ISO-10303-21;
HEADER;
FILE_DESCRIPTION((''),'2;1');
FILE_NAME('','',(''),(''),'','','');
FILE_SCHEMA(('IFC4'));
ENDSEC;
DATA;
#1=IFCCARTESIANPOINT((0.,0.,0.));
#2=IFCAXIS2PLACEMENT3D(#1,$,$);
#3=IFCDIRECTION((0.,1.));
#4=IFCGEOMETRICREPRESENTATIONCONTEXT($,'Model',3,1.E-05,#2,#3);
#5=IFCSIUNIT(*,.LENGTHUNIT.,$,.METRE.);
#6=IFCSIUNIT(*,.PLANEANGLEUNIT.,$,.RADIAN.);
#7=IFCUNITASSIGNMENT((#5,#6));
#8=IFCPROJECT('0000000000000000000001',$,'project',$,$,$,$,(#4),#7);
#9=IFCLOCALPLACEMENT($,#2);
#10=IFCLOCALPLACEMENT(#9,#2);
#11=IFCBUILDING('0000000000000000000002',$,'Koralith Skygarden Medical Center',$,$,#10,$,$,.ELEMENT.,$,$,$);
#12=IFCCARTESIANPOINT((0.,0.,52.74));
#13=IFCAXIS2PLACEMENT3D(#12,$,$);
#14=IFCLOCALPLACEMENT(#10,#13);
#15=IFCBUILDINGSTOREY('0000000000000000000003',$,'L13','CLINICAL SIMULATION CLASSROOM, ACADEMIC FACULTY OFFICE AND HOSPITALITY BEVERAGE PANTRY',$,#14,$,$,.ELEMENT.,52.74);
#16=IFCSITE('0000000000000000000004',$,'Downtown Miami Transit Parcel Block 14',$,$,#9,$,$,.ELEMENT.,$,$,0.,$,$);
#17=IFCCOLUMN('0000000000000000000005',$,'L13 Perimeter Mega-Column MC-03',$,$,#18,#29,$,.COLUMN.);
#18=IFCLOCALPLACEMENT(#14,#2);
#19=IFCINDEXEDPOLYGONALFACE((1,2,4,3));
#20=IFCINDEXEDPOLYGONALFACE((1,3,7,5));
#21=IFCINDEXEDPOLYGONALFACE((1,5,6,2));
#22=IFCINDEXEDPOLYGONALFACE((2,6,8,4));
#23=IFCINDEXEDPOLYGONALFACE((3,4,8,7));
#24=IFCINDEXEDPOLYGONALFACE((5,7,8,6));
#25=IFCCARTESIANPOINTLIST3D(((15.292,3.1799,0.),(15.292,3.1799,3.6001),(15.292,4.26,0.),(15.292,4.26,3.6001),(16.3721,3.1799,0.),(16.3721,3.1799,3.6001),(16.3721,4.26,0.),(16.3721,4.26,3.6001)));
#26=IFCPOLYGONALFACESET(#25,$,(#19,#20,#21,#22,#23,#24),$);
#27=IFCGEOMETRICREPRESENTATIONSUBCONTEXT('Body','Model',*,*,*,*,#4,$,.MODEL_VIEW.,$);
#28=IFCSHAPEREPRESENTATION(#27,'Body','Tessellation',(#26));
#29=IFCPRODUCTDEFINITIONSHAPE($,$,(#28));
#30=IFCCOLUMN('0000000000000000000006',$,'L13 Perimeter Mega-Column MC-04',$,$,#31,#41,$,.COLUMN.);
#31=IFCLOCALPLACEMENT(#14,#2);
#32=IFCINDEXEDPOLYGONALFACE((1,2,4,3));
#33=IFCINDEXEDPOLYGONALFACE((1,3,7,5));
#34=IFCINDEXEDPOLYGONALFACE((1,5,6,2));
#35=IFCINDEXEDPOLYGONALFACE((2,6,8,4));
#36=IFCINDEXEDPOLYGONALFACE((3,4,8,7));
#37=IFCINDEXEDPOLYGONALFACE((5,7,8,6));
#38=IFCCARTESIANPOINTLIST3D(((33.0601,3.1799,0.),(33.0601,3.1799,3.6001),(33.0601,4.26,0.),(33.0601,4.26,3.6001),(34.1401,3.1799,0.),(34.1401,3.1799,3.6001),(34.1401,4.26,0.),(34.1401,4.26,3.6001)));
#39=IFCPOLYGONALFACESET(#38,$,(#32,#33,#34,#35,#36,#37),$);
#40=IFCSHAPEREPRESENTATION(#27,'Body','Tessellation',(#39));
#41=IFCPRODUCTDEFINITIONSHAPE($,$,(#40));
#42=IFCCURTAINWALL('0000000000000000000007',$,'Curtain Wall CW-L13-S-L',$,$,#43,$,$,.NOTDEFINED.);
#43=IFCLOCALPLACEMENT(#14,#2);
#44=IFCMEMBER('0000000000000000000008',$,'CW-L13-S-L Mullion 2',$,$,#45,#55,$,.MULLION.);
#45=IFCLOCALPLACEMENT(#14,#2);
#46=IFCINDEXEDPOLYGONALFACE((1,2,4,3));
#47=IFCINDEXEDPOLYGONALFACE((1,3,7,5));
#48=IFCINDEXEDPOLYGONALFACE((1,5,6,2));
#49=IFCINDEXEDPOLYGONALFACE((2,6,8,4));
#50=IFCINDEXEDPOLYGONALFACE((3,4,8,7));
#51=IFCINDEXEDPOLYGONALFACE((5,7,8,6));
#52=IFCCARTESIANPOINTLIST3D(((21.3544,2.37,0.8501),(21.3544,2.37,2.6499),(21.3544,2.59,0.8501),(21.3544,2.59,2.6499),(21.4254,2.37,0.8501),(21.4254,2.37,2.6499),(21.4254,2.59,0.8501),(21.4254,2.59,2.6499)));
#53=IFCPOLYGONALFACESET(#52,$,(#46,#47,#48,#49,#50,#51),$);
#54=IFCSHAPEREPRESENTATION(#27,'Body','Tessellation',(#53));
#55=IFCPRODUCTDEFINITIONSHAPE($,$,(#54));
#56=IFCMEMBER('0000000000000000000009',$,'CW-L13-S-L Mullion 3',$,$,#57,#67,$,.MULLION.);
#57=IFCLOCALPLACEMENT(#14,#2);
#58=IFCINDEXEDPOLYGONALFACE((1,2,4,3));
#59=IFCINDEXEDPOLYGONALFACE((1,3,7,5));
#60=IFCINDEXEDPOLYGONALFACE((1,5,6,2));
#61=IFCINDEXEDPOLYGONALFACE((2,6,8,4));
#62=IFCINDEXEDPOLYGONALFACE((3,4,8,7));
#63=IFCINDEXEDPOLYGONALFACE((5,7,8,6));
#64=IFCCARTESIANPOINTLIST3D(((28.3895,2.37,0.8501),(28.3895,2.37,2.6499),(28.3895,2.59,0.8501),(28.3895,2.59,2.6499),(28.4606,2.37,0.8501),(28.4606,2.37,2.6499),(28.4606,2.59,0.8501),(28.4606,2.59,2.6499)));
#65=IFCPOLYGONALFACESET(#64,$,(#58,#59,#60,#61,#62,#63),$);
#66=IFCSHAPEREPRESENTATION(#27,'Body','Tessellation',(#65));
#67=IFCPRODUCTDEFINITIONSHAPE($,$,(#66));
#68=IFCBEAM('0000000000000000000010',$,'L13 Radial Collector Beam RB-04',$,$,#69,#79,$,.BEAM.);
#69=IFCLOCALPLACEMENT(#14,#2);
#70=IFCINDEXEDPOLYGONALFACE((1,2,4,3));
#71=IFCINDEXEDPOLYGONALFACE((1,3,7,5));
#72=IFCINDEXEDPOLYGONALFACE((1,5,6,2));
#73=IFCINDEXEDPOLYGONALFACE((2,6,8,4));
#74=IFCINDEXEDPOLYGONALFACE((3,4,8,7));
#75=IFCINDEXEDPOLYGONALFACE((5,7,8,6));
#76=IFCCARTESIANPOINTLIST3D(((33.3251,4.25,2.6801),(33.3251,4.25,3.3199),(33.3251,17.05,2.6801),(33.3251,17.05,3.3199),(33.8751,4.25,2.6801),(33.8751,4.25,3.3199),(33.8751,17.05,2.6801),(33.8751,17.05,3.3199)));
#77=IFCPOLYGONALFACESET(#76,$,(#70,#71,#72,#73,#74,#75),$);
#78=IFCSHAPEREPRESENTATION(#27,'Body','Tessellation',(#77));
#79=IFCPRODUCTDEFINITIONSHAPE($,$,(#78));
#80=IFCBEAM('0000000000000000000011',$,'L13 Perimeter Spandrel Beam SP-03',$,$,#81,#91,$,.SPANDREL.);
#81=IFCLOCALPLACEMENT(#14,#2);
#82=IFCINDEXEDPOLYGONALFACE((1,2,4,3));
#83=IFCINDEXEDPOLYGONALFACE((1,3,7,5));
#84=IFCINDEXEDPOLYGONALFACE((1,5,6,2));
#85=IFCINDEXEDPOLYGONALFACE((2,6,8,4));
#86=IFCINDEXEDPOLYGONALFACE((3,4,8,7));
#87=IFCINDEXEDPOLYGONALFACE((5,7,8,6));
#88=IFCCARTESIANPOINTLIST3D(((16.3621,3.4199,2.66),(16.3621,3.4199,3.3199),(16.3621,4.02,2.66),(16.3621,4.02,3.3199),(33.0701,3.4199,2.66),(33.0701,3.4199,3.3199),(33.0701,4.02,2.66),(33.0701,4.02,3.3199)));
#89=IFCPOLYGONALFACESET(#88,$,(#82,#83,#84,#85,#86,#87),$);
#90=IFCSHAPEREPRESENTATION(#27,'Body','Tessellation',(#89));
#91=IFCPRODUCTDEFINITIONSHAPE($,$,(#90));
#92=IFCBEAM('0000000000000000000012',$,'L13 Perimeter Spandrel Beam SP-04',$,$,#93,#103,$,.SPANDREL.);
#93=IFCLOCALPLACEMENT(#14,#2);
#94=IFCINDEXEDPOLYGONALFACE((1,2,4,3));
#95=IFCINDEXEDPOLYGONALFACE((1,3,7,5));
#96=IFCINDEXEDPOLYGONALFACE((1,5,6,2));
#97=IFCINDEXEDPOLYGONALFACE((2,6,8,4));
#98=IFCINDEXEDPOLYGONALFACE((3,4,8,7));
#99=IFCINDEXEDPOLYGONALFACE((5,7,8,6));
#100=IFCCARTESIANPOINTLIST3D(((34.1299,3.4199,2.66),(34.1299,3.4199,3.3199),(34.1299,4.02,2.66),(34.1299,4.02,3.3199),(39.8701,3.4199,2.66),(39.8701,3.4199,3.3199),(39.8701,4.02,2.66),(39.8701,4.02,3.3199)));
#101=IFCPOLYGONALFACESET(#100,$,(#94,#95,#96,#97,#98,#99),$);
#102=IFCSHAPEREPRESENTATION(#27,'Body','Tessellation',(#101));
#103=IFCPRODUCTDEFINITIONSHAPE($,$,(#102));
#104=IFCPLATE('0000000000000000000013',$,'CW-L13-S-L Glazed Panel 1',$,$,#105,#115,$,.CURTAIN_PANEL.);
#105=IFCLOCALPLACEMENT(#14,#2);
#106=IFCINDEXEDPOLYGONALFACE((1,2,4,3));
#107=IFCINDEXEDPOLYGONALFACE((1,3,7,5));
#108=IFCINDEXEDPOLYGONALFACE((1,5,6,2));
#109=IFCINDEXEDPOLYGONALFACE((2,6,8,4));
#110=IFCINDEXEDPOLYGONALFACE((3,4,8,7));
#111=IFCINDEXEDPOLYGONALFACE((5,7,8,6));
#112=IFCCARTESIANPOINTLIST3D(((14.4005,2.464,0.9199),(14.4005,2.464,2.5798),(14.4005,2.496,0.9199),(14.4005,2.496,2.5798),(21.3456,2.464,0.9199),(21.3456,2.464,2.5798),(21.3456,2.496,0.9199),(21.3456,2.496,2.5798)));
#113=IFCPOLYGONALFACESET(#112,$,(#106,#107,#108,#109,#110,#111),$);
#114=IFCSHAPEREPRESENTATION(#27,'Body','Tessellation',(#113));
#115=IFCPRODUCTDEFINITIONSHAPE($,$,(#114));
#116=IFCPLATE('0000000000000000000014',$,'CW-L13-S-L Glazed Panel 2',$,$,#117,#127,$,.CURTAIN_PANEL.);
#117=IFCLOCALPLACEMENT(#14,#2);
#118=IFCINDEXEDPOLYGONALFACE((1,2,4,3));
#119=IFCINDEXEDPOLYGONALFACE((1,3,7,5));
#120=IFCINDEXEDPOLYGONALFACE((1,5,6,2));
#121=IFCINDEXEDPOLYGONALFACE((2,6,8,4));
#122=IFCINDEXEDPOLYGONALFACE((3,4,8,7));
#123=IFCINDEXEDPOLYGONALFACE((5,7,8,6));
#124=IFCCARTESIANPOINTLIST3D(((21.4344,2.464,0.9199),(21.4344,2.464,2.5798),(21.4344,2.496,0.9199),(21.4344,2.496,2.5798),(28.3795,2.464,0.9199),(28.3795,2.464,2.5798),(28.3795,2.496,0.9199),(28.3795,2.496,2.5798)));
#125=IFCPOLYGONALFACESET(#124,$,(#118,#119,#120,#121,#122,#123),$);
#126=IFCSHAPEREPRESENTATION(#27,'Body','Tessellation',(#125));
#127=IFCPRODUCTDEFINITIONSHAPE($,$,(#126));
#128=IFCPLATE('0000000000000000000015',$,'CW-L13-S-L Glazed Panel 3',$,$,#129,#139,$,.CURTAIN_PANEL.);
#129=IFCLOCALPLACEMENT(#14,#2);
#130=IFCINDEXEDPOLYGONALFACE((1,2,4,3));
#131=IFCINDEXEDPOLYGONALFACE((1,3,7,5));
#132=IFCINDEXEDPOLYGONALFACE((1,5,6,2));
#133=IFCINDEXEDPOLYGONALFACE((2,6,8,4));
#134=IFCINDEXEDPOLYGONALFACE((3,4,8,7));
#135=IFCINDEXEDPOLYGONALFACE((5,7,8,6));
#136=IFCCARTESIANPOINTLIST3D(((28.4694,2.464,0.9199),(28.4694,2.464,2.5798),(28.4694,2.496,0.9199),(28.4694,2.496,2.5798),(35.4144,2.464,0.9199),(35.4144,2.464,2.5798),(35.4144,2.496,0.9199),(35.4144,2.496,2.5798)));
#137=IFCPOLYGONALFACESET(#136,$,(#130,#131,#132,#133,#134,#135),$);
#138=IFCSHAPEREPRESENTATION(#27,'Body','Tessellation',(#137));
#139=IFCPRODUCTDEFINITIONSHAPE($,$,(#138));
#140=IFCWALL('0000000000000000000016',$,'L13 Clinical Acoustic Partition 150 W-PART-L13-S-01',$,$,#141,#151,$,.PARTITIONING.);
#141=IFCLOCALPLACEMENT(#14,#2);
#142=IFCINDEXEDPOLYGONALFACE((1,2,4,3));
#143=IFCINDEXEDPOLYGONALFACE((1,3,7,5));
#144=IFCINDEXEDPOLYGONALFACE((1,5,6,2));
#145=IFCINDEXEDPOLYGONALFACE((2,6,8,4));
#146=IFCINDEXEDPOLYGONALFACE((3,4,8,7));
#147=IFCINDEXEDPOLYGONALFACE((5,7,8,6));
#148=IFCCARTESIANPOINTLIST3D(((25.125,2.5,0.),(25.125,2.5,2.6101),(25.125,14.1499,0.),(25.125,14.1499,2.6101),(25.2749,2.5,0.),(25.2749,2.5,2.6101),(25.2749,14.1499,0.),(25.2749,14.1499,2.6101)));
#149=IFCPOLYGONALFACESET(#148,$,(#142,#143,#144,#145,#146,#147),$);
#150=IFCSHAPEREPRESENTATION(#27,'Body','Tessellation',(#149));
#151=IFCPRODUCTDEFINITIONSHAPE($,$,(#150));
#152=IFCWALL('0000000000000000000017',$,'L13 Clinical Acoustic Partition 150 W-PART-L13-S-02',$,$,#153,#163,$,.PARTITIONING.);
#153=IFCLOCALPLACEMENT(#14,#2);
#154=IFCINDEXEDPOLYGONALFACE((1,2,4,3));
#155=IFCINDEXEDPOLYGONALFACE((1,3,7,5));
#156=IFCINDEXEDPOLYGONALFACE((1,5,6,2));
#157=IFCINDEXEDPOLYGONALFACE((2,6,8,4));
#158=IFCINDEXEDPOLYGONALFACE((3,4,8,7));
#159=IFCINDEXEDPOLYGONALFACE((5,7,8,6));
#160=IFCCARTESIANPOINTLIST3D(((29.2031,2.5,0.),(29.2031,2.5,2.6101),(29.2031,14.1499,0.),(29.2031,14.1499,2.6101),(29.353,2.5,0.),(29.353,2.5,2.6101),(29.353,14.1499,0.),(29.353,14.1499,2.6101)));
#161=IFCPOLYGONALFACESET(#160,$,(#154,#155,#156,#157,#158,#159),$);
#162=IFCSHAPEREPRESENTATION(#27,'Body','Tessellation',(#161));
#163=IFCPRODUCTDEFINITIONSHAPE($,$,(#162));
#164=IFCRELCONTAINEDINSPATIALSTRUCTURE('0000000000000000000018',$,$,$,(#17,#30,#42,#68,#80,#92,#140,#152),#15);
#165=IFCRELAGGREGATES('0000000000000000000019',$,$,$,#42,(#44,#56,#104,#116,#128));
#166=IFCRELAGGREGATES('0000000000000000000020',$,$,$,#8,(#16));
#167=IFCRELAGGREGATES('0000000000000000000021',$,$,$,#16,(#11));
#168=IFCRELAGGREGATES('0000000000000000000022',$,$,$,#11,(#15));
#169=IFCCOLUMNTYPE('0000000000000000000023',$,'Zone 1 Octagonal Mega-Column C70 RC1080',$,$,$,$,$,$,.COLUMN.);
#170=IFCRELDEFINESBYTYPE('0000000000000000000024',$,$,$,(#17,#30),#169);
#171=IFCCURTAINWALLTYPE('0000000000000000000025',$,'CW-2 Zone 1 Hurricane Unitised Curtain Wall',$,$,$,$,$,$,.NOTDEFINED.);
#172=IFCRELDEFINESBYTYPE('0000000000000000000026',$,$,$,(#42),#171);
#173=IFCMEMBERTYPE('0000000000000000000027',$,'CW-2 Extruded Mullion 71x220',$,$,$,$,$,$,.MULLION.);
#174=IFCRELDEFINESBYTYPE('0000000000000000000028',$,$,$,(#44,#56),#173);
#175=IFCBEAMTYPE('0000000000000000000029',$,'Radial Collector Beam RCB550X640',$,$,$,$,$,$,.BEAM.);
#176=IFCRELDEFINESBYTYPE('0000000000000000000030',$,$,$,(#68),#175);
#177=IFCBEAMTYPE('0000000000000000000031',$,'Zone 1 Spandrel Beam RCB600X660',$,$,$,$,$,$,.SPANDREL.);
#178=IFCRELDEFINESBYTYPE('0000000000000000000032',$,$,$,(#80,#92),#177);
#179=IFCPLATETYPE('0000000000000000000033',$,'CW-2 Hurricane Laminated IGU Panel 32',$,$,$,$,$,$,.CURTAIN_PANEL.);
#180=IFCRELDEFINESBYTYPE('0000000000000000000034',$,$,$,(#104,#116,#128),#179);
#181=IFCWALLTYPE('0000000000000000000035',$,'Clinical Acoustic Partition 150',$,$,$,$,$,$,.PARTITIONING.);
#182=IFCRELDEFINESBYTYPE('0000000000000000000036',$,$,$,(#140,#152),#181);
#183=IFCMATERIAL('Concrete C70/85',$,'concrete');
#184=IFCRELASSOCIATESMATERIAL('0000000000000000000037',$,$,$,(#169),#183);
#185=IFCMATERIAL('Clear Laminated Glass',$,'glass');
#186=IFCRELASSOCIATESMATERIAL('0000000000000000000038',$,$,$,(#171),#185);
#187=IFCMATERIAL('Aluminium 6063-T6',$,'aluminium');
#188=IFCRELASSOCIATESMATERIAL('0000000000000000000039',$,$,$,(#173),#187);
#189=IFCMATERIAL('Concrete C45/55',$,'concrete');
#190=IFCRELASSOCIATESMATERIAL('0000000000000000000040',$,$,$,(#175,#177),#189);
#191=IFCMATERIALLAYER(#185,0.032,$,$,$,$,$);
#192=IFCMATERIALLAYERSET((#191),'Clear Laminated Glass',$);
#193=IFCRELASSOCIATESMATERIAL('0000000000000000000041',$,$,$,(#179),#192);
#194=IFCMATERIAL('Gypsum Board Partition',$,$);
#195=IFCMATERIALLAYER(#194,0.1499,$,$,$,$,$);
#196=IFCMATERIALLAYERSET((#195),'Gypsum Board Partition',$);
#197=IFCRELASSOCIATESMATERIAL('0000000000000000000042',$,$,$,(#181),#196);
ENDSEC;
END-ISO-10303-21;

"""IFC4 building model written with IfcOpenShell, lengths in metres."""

from ifc_helpers import new_model, si_unit, direction, frame, frame_2d, origin, origin_2d, place, context, subcontext, project, spatial, rectangle, extrude, material, layer, layer_set, material_profile, profile_set, type_object, element, aggregate, save


model = new_model("IFC4")

# Units and contexts
model_context = context("Model", 3, precision=1e-05, world=origin(), true_north=direction((0.0, 1.0)))
body_context = subcontext(model_context, "Body", "Model", "MODEL_VIEW")
ifc_project = project(units=[si_unit("LENGTHUNIT", "METRE"), si_unit("PLANEANGLEUNIT", "RADIAN")], contexts=[model_context])

# Site, building, storey
site_placement = place(None, origin())
site = spatial("IfcSite", under=ifc_project, at=site_placement, Name="Downtown Miami Transit Parcel Block 14", CompositionType="ELEMENT", RefElevation=0.0)
building_placement = place(site_placement, origin())
building = spatial("IfcBuilding", under=site, at=building_placement, Name="Koralith Skygarden Medical Center", CompositionType="ELEMENT")
storey_placement = place(building_placement, frame((0.0, 0.0, 52.74)))
storey = spatial("IfcBuildingStorey", under=building, at=storey_placement, Name="L13", Description="CLINICAL SIMULATION CLASSROOM, ACADEMIC FACULTY OFFICE AND HOSPITALITY BEVERAGE PANTRY", CompositionType="ELEMENT", Elevation=52.74)

# Columns
ifc_material_1 = material(Name="Concrete C70/85", Category="concrete")
ifc_material_profile_1 = material_profile(ifc_material_1, rectangle(XDim=1.0801, YDim=1.0801, at=origin_2d()), Name="RC1080X1080")
ifc_profile_set_1 = profile_set([ifc_material_profile_1], Name="Concrete C70/85")
column_type = type_object("IfcColumnType", Name="Zone 1 Octagonal Mega-Column C70 RC1080", PredefinedType="COLUMN", material=ifc_profile_set_1)
for number, where, z_axis, x_axis, name in (
    (1, (15.832, 3.72, 0.0), (0.0, 0.0, 1.0), (1.0, 0.0, 0.0), "L13 Perimeter Mega-Column MC-03"),
    (2, (33.6001, 3.72, 0.0), (0.0, 0.0, 1.0), (1.0, 0.0, 0.0), "L13 Perimeter Mega-Column MC-04"),
):
    element("IfcColumn", number, at=place(storey_placement, frame(where, z_axis=z_axis, x_axis=x_axis)), inside=storey, type_object=column_type, Name=name, PredefinedType="COLUMN", context=body_context, shape_type="SweptSolid", body=[
        extrude(rectangle(XDim=1.0801, YDim=1.0801, at=origin_2d()), origin(), (0.0, 0.0, 1.0), 3.6001),
    ])

# Curtain wall, members
ifc_material_2 = material(Name="Clear Laminated Glass", Category="glass")
curtain_wall_type = type_object("IfcCurtainWallType", Name="CW-2 Zone 1 Hurricane Unitised Curtain Wall", PredefinedType="NOTDEFINED", material=ifc_material_2)
curtain_wall_placement = place(storey_placement, origin())
curtain_wall = element("IfcCurtainWall", 3, at=curtain_wall_placement, inside=storey, type_object=curtain_wall_type, Name="Curtain Wall CW-L13-S-L", PredefinedType="NOTDEFINED")
ifc_material_3 = material(Name="Aluminium 6063-T6", Category="aluminium")
ifc_material_profile_2 = material_profile(ifc_material_3, rectangle(XDim=0.071, YDim=0.22, at=origin_2d()), Name="MUL71X220")
ifc_profile_set_2 = profile_set([ifc_material_profile_2], Name="Aluminium 6063-T6")
member_type = type_object("IfcMemberType", Name="CW-2 Extruded Mullion 71x220", PredefinedType="MULLION", material=ifc_profile_set_2)
member_1_placement = place(storey_placement, frame((21.3899, 2.48, 0.8501), z_axis=(0.0, 0.0, 1.0), x_axis=(1.0, 0.0, 0.0)))
member_1 = element("IfcMember", 4, at=member_1_placement, type_object=member_type, Name="CW-L13-S-L Mullion 2", PredefinedType="MULLION", context=body_context, shape_type="SweptSolid", body=[
    extrude(rectangle(XDim=0.071, YDim=0.22, at=origin_2d()), origin(), (0.0, 0.0, 1.0), 1.7998),
])
member_2_placement = place(storey_placement, frame((28.425, 2.48, 0.8501), z_axis=(0.0, 0.0, 1.0), x_axis=(1.0, 0.0, 0.0)))
member_2 = element("IfcMember", 5, at=member_2_placement, type_object=member_type, Name="CW-L13-S-L Mullion 3", PredefinedType="MULLION", context=body_context, shape_type="SweptSolid", body=[
    extrude(rectangle(XDim=0.071, YDim=0.22, at=origin_2d()), origin(), (0.0, 0.0, 1.0), 1.7998),
])

# Beams
ifc_material_4 = material(Name="Concrete C45/55", Category="concrete")
ifc_material_profile_3 = material_profile(ifc_material_4, rectangle(XDim=0.55, YDim=0.6399, at=origin_2d()), Name="RCB550X640")
ifc_profile_set_3 = profile_set([ifc_material_profile_3], Name="Concrete C45/55")
beam_type_1 = type_object("IfcBeamType", Name="Radial Collector Beam RCB550X640", PredefinedType="BEAM", material=ifc_profile_set_3)
beam_1_placement = place(storey_placement, frame((33.6001, 17.05, 3.0), z_axis=(0.0, -1.0, 0.0), x_axis=(1.0, 0.0, 0.0)))
element("IfcBeam", 6, at=beam_1_placement, inside=storey, type_object=beam_type_1, Name="L13 Radial Collector Beam RB-04", PredefinedType="BEAM", context=body_context, shape_type="SweptSolid", body=[
    extrude(rectangle(XDim=0.55, YDim=0.6399, at=origin_2d()), origin(), (0.0, 0.0, 1.0), 12.8),
])
ifc_material_profile_4 = material_profile(ifc_material_4, rectangle(XDim=0.6001, YDim=0.6599, at=origin_2d()), Name="RCB600X660")
ifc_profile_set_4 = profile_set([ifc_material_profile_4], Name="Concrete C45/55")
beam_type_2 = type_object("IfcBeamType", Name="Zone 1 Spandrel Beam RCB600X660", PredefinedType="SPANDREL", material=ifc_profile_set_4)
beam_2_placement = place(storey_placement, frame((16.3621, 3.72, 2.99), z_axis=(1.0, 0.0, 0.0), x_axis=(0.0, 1.0, 0.0)))
element("IfcBeam", 7, at=beam_2_placement, inside=storey, type_object=beam_type_2, Name="L13 Perimeter Spandrel Beam SP-03", PredefinedType="SPANDREL", context=body_context, shape_type="SweptSolid", body=[
    extrude(rectangle(XDim=0.6001, YDim=0.6599, at=origin_2d()), origin(), (0.0, 0.0, 1.0), 16.708),
])
beam_3_placement = place(storey_placement, frame((34.1299, 3.72, 2.99), z_axis=(1.0, 0.0, 0.0), x_axis=(0.0, 1.0, 0.0)))
element("IfcBeam", 8, at=beam_3_placement, inside=storey, type_object=beam_type_2, Name="L13 Perimeter Spandrel Beam SP-04", PredefinedType="SPANDREL", context=body_context, shape_type="SweptSolid", body=[
    extrude(rectangle(XDim=0.6001, YDim=0.6599, at=origin_2d()), origin(), (0.0, 0.0, 1.0), 5.7402),
])

# Plates
ifc_layer_1 = layer(ifc_material_2, 0.032)
ifc_layer_set_1 = layer_set([ifc_layer_1], Name="Clear Laminated Glass")
plate_type = type_object("IfcPlateType", Name="CW-2 Hurricane Laminated IGU Panel 32", PredefinedType="CURTAIN_PANEL", material=ifc_layer_set_1)
plate_1_placement = place(storey_placement, frame((17.873, 2.48, 0.9199), z_axis=(0.0, 0.0, 1.0), x_axis=(1.0, 0.0, 0.0)))
plate_1 = element("IfcPlate", 9, at=plate_1_placement, type_object=plate_type, Name="CW-L13-S-L Glazed Panel 1", PredefinedType="CURTAIN_PANEL", context=body_context, shape_type="SweptSolid", body=[
    extrude(rectangle(XDim=6.9451, YDim=0.032, at=origin_2d()), origin(), (0.0, 0.0, 1.0), 1.6599),
])
plate_2_placement = place(storey_placement, frame((24.907, 2.48, 0.9199), z_axis=(0.0, 0.0, 1.0), x_axis=(1.0, 0.0, 0.0)))
plate_2 = element("IfcPlate", 10, at=plate_2_placement, type_object=plate_type, Name="CW-L13-S-L Glazed Panel 2", PredefinedType="CURTAIN_PANEL", context=body_context, shape_type="SweptSolid", body=[
    extrude(rectangle(XDim=6.9451, YDim=0.032, at=origin_2d()), origin(), (0.0, 0.0, 1.0), 1.6599),
])
plate_3_placement = place(storey_placement, frame((31.9419, 2.48, 0.9199), z_axis=(0.0, 0.0, 1.0), x_axis=(1.0, 0.0, 0.0)))
plate_3 = element("IfcPlate", 11, at=plate_3_placement, type_object=plate_type, Name="CW-L13-S-L Glazed Panel 3", PredefinedType="CURTAIN_PANEL", context=body_context, shape_type="SweptSolid", body=[
    extrude(rectangle(XDim=6.9451, YDim=0.032, at=origin_2d()), origin(), (0.0, 0.0, 1.0), 1.6599),
])
aggregate(curtain_wall, [member_1, member_2, plate_1, plate_2, plate_3])

# Walls
ifc_material_5 = material(Name="Gypsum Board Partition")
ifc_layer_2 = layer(ifc_material_5, 0.1499)
ifc_layer_set_2 = layer_set([ifc_layer_2], Name="Gypsum Board Partition")
wall_type_1 = type_object("IfcWallType", Name="Clinical Acoustic Partition 150", PredefinedType="PARTITIONING", material=ifc_layer_set_2)
for number, where, z_axis, x_axis, name in (
    (12, (25.2, 14.1499, 0.0), (0.0, 0.0, 1.0), (0.0, -1.0, 0.0), "L13 Clinical Acoustic Partition 150 W-PART-L13-S-01"),
    (13, (29.2781, 14.1499, 0.0), (0.0, 0.0, 1.0), (0.0, -1.0, 0.0), "L13 Clinical Acoustic Partition 150 W-PART-L13-S-02"),
):
    element("IfcWall", number, at=place(storey_placement, frame(where, z_axis=z_axis, x_axis=x_axis)), inside=storey, type_object=wall_type_1, Name=name, PredefinedType="PARTITIONING", context=body_context, shape_type="SweptSolid", body=[
        extrude(rectangle(XDim=11.6499, YDim=0.1499, at=frame_2d((5.825, 0.0))), origin(), (0.0, 0.0, 1.0), 2.6101),
    ])

save(model, "model.ifc")
